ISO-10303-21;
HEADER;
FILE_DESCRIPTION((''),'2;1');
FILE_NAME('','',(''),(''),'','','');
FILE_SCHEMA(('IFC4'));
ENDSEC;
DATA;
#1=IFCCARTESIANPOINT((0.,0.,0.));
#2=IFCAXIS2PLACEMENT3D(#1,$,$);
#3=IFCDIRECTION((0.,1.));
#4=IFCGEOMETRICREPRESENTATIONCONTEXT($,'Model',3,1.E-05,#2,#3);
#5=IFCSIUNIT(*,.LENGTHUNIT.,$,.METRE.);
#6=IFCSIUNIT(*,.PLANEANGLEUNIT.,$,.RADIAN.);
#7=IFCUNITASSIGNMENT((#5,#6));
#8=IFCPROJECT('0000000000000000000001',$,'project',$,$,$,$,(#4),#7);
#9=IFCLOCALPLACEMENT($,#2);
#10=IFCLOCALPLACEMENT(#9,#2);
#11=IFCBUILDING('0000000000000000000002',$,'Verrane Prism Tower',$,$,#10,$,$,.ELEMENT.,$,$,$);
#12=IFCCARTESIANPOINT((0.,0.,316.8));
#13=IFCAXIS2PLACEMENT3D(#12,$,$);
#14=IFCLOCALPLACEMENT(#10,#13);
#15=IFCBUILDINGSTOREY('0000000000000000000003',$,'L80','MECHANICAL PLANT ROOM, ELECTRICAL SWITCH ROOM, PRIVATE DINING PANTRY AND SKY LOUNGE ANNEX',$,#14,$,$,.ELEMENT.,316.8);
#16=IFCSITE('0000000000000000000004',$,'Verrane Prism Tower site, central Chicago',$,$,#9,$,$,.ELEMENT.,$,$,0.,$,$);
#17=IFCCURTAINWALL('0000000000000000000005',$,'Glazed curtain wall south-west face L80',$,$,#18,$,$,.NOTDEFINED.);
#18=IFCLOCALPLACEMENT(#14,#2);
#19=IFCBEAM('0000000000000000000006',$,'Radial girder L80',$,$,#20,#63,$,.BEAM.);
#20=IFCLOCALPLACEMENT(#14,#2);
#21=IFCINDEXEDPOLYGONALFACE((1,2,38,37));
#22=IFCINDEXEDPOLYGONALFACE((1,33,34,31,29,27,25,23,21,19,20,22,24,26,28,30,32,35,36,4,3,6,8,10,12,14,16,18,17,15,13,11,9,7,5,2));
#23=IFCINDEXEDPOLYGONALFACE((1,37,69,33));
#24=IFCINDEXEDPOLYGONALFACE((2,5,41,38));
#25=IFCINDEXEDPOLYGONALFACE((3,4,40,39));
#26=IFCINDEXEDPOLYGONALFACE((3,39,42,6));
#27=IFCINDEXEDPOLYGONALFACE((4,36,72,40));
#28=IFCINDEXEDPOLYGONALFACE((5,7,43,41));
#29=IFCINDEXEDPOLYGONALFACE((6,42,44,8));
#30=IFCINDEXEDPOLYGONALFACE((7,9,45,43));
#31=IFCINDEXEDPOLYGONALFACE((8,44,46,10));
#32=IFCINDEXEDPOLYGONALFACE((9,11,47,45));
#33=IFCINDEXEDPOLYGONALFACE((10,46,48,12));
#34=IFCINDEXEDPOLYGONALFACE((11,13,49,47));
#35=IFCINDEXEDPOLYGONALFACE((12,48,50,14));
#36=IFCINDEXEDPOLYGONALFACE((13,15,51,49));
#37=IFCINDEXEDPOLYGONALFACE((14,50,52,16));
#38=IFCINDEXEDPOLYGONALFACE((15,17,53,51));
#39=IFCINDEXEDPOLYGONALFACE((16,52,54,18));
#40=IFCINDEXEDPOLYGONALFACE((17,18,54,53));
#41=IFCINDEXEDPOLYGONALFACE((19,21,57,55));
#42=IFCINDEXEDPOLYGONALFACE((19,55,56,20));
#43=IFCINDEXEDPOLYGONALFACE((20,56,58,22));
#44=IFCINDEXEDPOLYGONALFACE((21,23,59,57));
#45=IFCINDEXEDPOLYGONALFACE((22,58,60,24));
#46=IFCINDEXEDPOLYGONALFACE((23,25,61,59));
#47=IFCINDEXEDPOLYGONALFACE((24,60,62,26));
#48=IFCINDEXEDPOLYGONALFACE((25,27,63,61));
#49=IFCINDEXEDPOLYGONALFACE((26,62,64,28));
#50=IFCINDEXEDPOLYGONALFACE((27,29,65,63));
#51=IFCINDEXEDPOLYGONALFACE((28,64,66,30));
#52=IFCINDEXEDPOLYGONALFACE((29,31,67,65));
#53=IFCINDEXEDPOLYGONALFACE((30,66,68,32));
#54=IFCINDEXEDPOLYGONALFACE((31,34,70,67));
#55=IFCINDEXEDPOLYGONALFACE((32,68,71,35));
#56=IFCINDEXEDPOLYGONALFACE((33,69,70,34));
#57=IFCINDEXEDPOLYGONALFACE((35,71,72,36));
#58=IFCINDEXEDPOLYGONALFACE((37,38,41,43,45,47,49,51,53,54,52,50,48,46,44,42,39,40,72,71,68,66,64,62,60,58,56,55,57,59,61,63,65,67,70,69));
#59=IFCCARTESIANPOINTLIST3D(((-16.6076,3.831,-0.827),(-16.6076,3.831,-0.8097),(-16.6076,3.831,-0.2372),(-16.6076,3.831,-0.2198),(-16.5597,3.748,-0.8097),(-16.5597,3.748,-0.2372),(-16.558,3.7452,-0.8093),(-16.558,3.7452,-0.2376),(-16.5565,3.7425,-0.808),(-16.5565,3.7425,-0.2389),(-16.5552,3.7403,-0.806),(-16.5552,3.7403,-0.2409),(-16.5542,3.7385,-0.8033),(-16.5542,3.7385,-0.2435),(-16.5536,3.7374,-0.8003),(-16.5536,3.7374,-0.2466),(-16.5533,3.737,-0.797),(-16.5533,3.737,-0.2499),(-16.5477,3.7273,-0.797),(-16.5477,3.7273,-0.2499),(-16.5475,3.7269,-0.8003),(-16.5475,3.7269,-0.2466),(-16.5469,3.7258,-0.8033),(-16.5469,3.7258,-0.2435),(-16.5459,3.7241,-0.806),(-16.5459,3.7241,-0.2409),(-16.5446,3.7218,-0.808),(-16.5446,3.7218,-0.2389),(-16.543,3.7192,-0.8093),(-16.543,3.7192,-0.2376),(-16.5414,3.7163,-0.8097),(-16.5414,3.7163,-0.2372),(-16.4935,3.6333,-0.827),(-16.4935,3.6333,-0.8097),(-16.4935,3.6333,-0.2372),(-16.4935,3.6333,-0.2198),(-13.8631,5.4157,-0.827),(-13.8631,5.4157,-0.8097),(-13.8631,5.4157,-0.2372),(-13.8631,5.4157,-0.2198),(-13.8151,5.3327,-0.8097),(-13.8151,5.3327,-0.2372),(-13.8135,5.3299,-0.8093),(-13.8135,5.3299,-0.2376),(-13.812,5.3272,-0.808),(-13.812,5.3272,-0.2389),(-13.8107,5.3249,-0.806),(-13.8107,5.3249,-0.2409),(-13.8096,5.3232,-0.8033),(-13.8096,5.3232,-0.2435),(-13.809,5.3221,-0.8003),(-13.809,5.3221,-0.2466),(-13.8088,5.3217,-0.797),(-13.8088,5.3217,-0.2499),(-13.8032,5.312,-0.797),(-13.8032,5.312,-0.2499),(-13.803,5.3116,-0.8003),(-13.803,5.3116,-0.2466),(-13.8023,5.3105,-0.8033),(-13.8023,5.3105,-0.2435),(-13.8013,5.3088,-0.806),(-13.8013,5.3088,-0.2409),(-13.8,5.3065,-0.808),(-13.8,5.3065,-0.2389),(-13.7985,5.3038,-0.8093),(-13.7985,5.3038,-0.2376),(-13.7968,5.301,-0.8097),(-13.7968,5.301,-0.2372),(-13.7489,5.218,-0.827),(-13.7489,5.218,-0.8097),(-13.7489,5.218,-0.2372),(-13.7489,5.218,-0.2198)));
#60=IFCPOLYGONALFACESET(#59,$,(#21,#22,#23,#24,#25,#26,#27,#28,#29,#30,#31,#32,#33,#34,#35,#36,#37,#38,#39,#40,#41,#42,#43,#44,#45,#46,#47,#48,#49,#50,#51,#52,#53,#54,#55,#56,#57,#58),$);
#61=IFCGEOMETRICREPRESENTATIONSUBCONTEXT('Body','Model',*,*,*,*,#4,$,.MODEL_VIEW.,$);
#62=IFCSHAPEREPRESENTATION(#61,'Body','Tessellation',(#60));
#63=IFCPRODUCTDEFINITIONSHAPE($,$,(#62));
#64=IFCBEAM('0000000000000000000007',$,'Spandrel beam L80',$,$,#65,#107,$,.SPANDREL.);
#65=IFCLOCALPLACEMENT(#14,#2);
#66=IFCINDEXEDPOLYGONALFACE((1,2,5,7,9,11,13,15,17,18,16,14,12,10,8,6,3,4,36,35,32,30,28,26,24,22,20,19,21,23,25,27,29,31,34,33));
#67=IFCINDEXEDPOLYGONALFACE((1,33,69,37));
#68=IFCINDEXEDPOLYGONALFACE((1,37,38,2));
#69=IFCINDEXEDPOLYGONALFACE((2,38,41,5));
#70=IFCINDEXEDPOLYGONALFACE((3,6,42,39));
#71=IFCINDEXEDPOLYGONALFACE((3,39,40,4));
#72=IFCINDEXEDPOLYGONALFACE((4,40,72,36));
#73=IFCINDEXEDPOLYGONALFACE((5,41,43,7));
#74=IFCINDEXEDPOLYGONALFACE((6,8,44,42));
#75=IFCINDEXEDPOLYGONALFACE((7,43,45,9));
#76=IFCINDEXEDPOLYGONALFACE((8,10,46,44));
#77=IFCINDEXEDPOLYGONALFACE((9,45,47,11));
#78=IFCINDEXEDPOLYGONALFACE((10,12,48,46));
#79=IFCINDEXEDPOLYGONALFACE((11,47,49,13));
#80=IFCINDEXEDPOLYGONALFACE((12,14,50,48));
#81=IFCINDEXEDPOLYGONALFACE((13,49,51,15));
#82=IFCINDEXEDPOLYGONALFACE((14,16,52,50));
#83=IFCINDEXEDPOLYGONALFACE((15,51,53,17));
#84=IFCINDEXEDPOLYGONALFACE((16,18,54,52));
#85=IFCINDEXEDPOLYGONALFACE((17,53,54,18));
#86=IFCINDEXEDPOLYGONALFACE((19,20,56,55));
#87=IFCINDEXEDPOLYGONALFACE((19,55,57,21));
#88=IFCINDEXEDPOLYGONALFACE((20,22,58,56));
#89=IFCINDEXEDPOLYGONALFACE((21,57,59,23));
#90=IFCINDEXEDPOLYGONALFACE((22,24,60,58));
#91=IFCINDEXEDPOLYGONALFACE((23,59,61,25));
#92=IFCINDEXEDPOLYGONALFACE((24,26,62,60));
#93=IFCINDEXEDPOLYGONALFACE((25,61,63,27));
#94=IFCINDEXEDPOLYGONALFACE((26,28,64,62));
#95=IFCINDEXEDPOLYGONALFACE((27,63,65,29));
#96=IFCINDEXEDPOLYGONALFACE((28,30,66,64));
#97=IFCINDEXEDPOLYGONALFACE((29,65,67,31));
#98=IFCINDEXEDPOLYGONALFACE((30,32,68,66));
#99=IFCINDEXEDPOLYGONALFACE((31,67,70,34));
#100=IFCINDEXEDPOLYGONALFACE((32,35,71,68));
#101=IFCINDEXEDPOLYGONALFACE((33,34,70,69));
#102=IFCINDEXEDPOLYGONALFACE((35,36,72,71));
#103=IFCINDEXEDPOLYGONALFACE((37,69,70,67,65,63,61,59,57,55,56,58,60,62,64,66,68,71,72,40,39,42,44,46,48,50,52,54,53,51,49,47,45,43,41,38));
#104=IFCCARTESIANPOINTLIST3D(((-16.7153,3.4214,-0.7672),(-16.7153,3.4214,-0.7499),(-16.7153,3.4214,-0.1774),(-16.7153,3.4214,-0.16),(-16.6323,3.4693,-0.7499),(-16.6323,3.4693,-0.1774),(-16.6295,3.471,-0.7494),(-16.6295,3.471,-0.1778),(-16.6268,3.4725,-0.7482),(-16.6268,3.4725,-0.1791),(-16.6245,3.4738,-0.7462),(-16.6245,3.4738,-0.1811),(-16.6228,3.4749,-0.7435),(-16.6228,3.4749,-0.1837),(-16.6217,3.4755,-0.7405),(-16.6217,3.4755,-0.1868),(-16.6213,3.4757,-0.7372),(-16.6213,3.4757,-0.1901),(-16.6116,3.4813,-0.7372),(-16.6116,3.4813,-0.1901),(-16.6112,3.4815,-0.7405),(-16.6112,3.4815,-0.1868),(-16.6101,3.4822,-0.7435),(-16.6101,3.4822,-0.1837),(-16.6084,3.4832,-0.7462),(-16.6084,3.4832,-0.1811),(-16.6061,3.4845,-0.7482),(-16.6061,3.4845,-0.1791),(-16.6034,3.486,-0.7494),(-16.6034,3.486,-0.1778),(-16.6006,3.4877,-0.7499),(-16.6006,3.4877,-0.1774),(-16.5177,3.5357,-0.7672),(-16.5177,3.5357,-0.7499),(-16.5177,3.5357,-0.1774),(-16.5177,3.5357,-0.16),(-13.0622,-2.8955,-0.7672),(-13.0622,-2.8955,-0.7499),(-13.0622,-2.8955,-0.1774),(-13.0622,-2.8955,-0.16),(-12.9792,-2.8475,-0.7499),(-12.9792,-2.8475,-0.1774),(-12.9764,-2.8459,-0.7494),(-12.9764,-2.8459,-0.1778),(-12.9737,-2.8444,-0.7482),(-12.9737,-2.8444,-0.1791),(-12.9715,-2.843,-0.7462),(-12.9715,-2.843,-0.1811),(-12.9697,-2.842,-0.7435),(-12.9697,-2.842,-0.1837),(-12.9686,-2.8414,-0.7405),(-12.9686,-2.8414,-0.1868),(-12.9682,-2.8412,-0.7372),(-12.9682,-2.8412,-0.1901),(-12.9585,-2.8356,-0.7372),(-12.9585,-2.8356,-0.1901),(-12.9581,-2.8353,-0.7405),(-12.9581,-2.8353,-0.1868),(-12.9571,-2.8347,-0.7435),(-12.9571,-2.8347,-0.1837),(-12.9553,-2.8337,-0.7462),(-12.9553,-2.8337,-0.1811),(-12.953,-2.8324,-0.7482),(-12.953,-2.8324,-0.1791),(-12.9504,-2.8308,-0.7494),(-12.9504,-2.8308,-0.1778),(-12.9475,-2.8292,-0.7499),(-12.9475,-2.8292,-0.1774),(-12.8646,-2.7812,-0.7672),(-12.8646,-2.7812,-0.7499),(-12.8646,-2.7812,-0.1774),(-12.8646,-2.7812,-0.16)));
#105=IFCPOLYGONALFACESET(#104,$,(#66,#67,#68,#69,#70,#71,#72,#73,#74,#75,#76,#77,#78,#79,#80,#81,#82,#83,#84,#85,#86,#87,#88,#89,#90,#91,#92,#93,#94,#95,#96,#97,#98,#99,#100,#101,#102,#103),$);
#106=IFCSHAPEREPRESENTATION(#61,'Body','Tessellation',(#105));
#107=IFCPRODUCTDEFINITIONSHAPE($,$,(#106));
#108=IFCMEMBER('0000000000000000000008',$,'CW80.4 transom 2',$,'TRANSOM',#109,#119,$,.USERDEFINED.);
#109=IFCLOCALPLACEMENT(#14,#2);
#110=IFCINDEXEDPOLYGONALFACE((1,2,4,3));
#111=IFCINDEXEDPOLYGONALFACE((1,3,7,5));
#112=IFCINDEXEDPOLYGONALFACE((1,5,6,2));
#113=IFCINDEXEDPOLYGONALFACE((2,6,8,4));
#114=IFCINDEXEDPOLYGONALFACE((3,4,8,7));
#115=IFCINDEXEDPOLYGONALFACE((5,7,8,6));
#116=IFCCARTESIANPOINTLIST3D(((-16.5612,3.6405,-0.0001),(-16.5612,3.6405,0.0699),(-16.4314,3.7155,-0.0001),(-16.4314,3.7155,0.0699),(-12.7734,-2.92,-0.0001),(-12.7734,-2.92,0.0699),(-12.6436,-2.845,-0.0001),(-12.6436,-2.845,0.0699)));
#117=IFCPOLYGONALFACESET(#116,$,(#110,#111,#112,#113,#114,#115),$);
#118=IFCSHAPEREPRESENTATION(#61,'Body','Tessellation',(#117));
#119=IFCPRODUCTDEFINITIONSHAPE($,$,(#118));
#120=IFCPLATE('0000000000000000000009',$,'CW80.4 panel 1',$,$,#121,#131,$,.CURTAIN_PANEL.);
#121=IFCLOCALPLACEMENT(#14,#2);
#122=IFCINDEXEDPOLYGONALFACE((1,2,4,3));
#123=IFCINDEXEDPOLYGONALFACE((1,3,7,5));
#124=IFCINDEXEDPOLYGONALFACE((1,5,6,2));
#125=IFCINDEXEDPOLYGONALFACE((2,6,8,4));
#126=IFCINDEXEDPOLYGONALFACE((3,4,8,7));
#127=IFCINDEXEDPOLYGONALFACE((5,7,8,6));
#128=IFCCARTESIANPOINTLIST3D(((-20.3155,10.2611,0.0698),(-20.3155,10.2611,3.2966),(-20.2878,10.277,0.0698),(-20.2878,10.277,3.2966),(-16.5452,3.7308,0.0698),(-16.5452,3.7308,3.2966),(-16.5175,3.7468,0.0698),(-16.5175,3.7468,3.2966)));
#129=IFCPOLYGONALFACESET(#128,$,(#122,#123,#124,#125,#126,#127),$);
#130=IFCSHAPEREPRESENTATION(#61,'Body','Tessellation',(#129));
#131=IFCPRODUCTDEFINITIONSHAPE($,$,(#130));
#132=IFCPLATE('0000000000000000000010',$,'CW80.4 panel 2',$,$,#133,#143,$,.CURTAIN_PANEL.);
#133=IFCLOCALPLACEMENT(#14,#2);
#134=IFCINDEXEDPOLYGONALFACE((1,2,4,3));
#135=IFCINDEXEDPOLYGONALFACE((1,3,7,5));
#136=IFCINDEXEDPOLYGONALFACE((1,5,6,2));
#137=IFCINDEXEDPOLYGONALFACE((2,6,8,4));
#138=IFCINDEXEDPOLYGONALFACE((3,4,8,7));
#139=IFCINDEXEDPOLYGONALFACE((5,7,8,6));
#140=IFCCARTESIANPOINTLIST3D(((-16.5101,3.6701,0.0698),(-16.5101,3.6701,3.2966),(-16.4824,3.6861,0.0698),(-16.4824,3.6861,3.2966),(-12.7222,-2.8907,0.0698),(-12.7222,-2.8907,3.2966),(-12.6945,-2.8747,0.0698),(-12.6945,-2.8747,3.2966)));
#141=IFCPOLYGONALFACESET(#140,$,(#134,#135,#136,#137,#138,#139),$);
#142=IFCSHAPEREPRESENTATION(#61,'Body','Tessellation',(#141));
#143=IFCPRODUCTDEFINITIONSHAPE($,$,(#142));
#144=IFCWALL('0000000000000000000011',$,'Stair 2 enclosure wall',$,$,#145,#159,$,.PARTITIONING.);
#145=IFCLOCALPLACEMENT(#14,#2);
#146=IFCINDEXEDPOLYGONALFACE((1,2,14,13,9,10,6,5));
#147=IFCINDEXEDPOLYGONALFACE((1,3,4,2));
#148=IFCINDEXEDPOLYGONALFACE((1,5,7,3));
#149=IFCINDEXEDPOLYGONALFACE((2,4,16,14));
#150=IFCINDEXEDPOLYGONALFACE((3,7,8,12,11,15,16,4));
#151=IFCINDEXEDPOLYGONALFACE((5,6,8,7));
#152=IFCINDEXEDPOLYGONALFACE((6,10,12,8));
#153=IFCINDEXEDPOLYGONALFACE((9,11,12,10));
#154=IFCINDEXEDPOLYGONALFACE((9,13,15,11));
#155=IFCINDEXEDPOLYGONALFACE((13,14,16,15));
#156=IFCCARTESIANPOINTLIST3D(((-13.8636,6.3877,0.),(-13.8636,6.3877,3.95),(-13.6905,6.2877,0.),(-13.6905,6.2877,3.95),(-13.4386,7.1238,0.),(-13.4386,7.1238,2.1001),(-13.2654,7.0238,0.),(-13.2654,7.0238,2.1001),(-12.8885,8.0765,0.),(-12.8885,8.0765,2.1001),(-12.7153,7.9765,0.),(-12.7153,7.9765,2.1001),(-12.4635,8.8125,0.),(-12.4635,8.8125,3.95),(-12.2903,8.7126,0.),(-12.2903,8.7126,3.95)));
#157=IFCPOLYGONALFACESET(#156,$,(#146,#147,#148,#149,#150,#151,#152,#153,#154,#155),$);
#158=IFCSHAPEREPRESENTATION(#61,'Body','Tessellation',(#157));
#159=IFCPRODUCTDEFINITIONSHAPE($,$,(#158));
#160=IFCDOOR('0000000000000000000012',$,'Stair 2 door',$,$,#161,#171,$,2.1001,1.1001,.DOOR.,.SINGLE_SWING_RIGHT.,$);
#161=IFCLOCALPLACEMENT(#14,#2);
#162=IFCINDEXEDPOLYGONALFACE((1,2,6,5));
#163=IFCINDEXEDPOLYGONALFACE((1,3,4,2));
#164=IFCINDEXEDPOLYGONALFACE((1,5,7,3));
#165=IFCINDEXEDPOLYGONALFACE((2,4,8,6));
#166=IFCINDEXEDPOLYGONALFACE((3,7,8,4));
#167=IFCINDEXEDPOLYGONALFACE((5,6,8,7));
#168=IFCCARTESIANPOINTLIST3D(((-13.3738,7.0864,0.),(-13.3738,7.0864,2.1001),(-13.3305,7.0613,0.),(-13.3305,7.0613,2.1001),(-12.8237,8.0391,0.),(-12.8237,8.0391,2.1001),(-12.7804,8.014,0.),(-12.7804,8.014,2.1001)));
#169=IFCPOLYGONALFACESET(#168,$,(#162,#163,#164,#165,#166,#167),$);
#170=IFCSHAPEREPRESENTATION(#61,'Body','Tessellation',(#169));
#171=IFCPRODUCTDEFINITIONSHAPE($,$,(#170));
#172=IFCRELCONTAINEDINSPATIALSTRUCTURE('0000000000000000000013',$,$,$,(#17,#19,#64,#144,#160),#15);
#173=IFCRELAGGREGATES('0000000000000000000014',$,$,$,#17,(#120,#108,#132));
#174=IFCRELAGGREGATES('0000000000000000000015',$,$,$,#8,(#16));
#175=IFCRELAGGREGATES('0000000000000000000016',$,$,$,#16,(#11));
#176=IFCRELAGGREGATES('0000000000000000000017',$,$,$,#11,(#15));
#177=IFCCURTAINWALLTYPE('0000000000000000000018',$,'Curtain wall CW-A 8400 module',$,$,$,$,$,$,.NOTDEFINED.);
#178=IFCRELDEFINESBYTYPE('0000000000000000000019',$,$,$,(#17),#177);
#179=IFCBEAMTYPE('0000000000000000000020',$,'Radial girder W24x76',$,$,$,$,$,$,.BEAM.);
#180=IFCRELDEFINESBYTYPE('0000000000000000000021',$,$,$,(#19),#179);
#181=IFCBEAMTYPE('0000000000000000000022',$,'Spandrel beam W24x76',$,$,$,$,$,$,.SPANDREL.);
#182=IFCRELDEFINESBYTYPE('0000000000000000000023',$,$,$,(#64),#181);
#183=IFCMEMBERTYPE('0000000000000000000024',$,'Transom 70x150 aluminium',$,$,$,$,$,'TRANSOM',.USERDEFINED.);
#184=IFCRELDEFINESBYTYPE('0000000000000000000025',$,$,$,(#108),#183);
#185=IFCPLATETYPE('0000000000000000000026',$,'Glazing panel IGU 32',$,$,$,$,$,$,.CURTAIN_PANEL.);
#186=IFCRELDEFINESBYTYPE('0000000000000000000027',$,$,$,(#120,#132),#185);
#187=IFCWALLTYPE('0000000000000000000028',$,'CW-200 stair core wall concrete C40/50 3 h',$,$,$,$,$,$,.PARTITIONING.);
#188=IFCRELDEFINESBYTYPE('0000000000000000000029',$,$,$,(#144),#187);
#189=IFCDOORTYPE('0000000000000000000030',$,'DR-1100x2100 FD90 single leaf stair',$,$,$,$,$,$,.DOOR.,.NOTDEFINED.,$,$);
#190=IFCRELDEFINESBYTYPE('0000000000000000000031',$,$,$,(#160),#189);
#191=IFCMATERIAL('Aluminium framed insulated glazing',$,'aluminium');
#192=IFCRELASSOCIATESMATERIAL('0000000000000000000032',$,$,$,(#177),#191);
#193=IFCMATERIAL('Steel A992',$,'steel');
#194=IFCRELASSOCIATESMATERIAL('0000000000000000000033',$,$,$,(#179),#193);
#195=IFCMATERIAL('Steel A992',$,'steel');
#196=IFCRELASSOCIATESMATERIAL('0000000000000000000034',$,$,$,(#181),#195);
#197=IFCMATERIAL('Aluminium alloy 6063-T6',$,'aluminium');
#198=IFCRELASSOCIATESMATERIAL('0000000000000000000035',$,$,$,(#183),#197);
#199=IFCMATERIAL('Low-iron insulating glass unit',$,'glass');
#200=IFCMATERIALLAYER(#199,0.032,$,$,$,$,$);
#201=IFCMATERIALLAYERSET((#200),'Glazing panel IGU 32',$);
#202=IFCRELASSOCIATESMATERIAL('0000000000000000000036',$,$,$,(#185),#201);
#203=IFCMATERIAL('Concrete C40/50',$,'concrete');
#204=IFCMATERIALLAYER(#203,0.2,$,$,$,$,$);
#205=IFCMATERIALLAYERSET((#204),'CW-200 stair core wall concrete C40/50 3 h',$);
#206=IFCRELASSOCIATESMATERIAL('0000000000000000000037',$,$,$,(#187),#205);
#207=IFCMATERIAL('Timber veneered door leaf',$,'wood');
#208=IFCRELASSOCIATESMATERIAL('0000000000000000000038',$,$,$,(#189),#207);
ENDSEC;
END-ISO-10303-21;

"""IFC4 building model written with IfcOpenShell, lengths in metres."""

from ifc_helpers import new_model, si_unit, direction, frame, frame_2d, origin, origin_2d, place, context, subcontext, project, spatial, rectangle, i_section, extrude, material, layer, layer_set, material_profile, profile_set, type_object, element, fill, aggregate, save


model = new_model("IFC4")

# Units and contexts
model_context = context("Model", 3, precision=1e-05, world=origin(), true_north=direction((0.0, 1.0)))
body_context = subcontext(model_context, "Body", "Model", "MODEL_VIEW")
ifc_project = project(units=[si_unit("LENGTHUNIT", "METRE"), si_unit("PLANEANGLEUNIT", "RADIAN")], contexts=[model_context])

# Site, building, storey
site_placement = place(None, origin())
site = spatial("IfcSite", under=ifc_project, at=site_placement, Name="Verrane Prism Tower site, central Chicago", CompositionType="ELEMENT", RefElevation=0.0)
building_placement = place(site_placement, origin())
building = spatial("IfcBuilding", under=site, at=building_placement, Name="Verrane Prism Tower", CompositionType="ELEMENT")
storey_placement = place(building_placement, frame((0.0, 0.0, 316.8)))
storey = spatial("IfcBuildingStorey", under=building, at=storey_placement, Name="L80", Description="MECHANICAL PLANT ROOM, ELECTRICAL SWITCH ROOM, PRIVATE DINING PANTRY AND SKY LOUNGE ANNEX", CompositionType="ELEMENT", Elevation=316.8)

# Curtain wall
ifc_material_1 = material(Name="Aluminium framed insulated glazing", Category="aluminium")
curtain_wall_type = type_object("IfcCurtainWallType", Name="Curtain wall CW-A 8400 module", PredefinedType="NOTDEFINED", material=ifc_material_1)
curtain_wall_placement = place(storey_placement, origin())
curtain_wall = element("IfcCurtainWall", 1, at=curtain_wall_placement, inside=storey, type_object=curtain_wall_type, Name="Glazed curtain wall south-west face L80", PredefinedType="NOTDEFINED")

# Beams
ifc_material_2 = material(Name="Steel A992", Category="steel")
ifc_material_profile_1 = material_profile(ifc_material_2, i_section(OverallWidth=0.2283, OverallDepth=0.6072, WebThickness=0.0112, FlangeThickness=0.0173, FilletRadius=0.0127, at=origin_2d()), Name="W24x76")
ifc_profile_set_1 = profile_set([ifc_material_profile_1], Name="Steel A992")
beam_type_1 = type_object("IfcBeamType", Name="Radial girder W24x76", PredefinedType="BEAM", material=ifc_profile_set_1)
beam_1_placement = place(storey_placement, frame((-16.5505, 3.7322, -0.5234), z_axis=(0.866011, 0.500025, 0.0), x_axis=(-0.500025, 0.866011, 0.0)))
element("IfcBeam", 2, at=beam_1_placement, inside=storey, type_object=beam_type_1, Name="Radial girder L80", PredefinedType="BEAM", context=body_context, shape_type="SweptSolid", body=[
    extrude(i_section(OverallWidth=0.2283, OverallDepth=0.6072, WebThickness=0.0112, FlangeThickness=0.0173, FilletRadius=0.0127, at=origin_2d()), origin(), (0.0, 0.0, 1.0), 3.1692),
])
ifc_material_3 = material(Name="Steel A992", Category="steel")
ifc_material_profile_2 = material_profile(ifc_material_3, i_section(OverallWidth=0.2283, OverallDepth=0.6072, WebThickness=0.0112, FlangeThickness=0.0173, FilletRadius=0.0127, at=origin_2d()), Name="W24x76")
ifc_profile_set_2 = profile_set([ifc_material_profile_2], Name="Steel A992")
beam_type_2 = type_object("IfcBeamType", Name="Spandrel beam W24x76", PredefinedType="SPANDREL", material=ifc_profile_set_2)
beam_2_placement = place(storey_placement, frame((-16.6165, 3.4785, -0.4636), z_axis=(0.500618, -0.865668, 0.0), x_axis=(0.865668, 0.500618, 0.0)))
element("IfcBeam", 3, at=beam_2_placement, inside=storey, type_object=beam_type_2, Name="Spandrel beam L80", PredefinedType="SPANDREL", context=body_context, shape_type="SweptSolid", body=[
    extrude(i_section(OverallWidth=0.2283, OverallDepth=0.6072, WebThickness=0.0112, FlangeThickness=0.0173, FilletRadius=0.0127, at=origin_2d()), origin(), (0.0, 0.0, 1.0), 7.2971),
])

# Member
ifc_material_4 = material(Name="Aluminium alloy 6063-T6", Category="aluminium")
ifc_material_profile_3 = material_profile(ifc_material_4, rectangle(XDim=0.1499, YDim=0.0701, at=origin_2d()), Name="Transom 70x150 aluminium")
ifc_profile_set_3 = profile_set([ifc_material_profile_3], Name="Aluminium alloy 6063-T6")
member_type_1 = type_object("IfcMemberType", Name="Transom 70x150 aluminium", ElementType="TRANSOM", PredefinedType="USERDEFINED", material=ifc_profile_set_3)
member_1_placement = place(storey_placement, frame((-16.4963, 3.678, 0.0349), z_axis=(0.500011, -0.866019, 0.0), x_axis=(0.866019, 0.500011, 0.0)))
member_1 = element("IfcMember", 4, at=member_1_placement, type_object=member_type_1, Name="CW80.4 transom 2", ObjectType="TRANSOM", PredefinedType="USERDEFINED", context=body_context, shape_type="SweptSolid", body=[
    extrude(rectangle(XDim=0.1499, YDim=0.0701, at=origin_2d()), origin(), (0.0, 0.0, 1.0), 7.5754),
])

# Plates
ifc_material_5 = material(Name="Low-iron insulating glass unit", Category="glass")
ifc_layer_1 = layer(ifc_material_5, 0.032)
ifc_layer_set_1 = layer_set([ifc_layer_1], Name="Glazing panel IGU 32")
plate_type = type_object("IfcPlateType", Name="Glazing panel IGU 32", PredefinedType="CURTAIN_PANEL", material=ifc_layer_set_1)
plate_1_placement = place(storey_placement, frame((-18.4165, 7.0039, 0.0698), z_axis=(0.0, 0.0, 1.0), x_axis=(0.5, -0.866025, 0.0)))
plate_1 = element("IfcPlate", 5, at=plate_1_placement, type_object=plate_type, Name="CW80.4 panel 1", PredefinedType="CURTAIN_PANEL", context=body_context, shape_type="SweptSolid", body=[
    extrude(rectangle(XDim=7.5405, YDim=0.032, at=origin_2d()), origin(), (0.0, 0.0, 1.0), 3.2268),
])
plate_2_placement = place(storey_placement, frame((-14.6023, 0.3977, 0.0698), z_axis=(0.0, 0.0, 1.0), x_axis=(0.5, -0.866025, 0.0)))
plate_2 = element("IfcPlate", 6, at=plate_2_placement, type_object=plate_type, Name="CW80.4 panel 2", PredefinedType="CURTAIN_PANEL", context=body_context, shape_type="SweptSolid", body=[
    extrude(rectangle(XDim=7.5757, YDim=0.032, at=origin_2d()), origin(), (0.0, 0.0, 1.0), 3.2268),
])
aggregate(curtain_wall, [plate_1, member_1, plate_2])

# Wall, opening, door
ifc_material_6 = material(Name="Concrete C40/50", Category="concrete")
ifc_layer_2 = layer(ifc_material_6, 0.2)
ifc_layer_set_2 = layer_set([ifc_layer_2], Name="CW-200 stair core wall concrete C40/50 3 h")
wall_type_1 = type_object("IfcWallType", Name="CW-200 stair core wall concrete C40/50 3 h", PredefinedType="PARTITIONING", material=ifc_layer_set_2)
wall_1_placement = place(storey_placement, frame((-12.377, 8.7625, 0.0), z_axis=(0.0, 0.0, 1.0), x_axis=(-0.50005, -0.865997, 0.0)))
wall_1 = element("IfcWall", 7, at=wall_1_placement, inside=storey, type_object=wall_type_1, Name="Stair 2 enclosure wall", PredefinedType="PARTITIONING", context=body_context, shape_type="SweptSolid", body=[
    extrude(rectangle(XDim=2.8, YDim=0.2, at=frame_2d((1.3999, 0.0))), origin(), (0.0, 0.0, 1.0), 3.95),
])
opening_1_placement = place(wall_1_placement, frame((0.8499, 0.0, 0.0)))
opening_1 = element("IfcOpeningElement", 8, at=opening_1_placement, cuts=wall_1, PredefinedType="OPENING", context=body_context, shape_type="SweptSolid", body=[
    extrude(rectangle(XDim=1.1001, YDim=2.1001, at=frame_2d((0.55, 1.05))), frame((0.0, 0.1099, 0.0), z_axis=(0.0, -1.0, 0.0), x_axis=(1.0, 0.0, 0.0)), (0.0, 0.0, 1.0), 0.22),
])
ifc_material_7 = material(Name="Timber veneered door leaf", Category="wood")
door_type_1 = type_object("IfcDoorType", Name="DR-1100x2100 FD90 single leaf stair", OperationType="NOTDEFINED", PredefinedType="DOOR", material=ifc_material_7)
door_1_placement = place(opening_1_placement, origin())
door_1 = element("IfcDoor", 9, at=door_1_placement, inside=storey, type_object=door_type_1, Name="Stair 2 door", OperationType="SINGLE_SWING_RIGHT", OverallHeight=2.1001, OverallWidth=1.1001, PredefinedType="DOOR", context=body_context, shape_type="SweptSolid", body=[
    extrude(rectangle(XDim=1.1001, YDim=2.1001, at=frame_2d((0.55, 1.05))), frame((0.0, 0.0249, 0.0), z_axis=(0.0, -1.0, 0.0), x_axis=(1.0, 0.0, 0.0)), (0.0, 0.0, 1.0), 0.05),
])
fill(opening_1, door_1)

save(model, "model.ifc")
